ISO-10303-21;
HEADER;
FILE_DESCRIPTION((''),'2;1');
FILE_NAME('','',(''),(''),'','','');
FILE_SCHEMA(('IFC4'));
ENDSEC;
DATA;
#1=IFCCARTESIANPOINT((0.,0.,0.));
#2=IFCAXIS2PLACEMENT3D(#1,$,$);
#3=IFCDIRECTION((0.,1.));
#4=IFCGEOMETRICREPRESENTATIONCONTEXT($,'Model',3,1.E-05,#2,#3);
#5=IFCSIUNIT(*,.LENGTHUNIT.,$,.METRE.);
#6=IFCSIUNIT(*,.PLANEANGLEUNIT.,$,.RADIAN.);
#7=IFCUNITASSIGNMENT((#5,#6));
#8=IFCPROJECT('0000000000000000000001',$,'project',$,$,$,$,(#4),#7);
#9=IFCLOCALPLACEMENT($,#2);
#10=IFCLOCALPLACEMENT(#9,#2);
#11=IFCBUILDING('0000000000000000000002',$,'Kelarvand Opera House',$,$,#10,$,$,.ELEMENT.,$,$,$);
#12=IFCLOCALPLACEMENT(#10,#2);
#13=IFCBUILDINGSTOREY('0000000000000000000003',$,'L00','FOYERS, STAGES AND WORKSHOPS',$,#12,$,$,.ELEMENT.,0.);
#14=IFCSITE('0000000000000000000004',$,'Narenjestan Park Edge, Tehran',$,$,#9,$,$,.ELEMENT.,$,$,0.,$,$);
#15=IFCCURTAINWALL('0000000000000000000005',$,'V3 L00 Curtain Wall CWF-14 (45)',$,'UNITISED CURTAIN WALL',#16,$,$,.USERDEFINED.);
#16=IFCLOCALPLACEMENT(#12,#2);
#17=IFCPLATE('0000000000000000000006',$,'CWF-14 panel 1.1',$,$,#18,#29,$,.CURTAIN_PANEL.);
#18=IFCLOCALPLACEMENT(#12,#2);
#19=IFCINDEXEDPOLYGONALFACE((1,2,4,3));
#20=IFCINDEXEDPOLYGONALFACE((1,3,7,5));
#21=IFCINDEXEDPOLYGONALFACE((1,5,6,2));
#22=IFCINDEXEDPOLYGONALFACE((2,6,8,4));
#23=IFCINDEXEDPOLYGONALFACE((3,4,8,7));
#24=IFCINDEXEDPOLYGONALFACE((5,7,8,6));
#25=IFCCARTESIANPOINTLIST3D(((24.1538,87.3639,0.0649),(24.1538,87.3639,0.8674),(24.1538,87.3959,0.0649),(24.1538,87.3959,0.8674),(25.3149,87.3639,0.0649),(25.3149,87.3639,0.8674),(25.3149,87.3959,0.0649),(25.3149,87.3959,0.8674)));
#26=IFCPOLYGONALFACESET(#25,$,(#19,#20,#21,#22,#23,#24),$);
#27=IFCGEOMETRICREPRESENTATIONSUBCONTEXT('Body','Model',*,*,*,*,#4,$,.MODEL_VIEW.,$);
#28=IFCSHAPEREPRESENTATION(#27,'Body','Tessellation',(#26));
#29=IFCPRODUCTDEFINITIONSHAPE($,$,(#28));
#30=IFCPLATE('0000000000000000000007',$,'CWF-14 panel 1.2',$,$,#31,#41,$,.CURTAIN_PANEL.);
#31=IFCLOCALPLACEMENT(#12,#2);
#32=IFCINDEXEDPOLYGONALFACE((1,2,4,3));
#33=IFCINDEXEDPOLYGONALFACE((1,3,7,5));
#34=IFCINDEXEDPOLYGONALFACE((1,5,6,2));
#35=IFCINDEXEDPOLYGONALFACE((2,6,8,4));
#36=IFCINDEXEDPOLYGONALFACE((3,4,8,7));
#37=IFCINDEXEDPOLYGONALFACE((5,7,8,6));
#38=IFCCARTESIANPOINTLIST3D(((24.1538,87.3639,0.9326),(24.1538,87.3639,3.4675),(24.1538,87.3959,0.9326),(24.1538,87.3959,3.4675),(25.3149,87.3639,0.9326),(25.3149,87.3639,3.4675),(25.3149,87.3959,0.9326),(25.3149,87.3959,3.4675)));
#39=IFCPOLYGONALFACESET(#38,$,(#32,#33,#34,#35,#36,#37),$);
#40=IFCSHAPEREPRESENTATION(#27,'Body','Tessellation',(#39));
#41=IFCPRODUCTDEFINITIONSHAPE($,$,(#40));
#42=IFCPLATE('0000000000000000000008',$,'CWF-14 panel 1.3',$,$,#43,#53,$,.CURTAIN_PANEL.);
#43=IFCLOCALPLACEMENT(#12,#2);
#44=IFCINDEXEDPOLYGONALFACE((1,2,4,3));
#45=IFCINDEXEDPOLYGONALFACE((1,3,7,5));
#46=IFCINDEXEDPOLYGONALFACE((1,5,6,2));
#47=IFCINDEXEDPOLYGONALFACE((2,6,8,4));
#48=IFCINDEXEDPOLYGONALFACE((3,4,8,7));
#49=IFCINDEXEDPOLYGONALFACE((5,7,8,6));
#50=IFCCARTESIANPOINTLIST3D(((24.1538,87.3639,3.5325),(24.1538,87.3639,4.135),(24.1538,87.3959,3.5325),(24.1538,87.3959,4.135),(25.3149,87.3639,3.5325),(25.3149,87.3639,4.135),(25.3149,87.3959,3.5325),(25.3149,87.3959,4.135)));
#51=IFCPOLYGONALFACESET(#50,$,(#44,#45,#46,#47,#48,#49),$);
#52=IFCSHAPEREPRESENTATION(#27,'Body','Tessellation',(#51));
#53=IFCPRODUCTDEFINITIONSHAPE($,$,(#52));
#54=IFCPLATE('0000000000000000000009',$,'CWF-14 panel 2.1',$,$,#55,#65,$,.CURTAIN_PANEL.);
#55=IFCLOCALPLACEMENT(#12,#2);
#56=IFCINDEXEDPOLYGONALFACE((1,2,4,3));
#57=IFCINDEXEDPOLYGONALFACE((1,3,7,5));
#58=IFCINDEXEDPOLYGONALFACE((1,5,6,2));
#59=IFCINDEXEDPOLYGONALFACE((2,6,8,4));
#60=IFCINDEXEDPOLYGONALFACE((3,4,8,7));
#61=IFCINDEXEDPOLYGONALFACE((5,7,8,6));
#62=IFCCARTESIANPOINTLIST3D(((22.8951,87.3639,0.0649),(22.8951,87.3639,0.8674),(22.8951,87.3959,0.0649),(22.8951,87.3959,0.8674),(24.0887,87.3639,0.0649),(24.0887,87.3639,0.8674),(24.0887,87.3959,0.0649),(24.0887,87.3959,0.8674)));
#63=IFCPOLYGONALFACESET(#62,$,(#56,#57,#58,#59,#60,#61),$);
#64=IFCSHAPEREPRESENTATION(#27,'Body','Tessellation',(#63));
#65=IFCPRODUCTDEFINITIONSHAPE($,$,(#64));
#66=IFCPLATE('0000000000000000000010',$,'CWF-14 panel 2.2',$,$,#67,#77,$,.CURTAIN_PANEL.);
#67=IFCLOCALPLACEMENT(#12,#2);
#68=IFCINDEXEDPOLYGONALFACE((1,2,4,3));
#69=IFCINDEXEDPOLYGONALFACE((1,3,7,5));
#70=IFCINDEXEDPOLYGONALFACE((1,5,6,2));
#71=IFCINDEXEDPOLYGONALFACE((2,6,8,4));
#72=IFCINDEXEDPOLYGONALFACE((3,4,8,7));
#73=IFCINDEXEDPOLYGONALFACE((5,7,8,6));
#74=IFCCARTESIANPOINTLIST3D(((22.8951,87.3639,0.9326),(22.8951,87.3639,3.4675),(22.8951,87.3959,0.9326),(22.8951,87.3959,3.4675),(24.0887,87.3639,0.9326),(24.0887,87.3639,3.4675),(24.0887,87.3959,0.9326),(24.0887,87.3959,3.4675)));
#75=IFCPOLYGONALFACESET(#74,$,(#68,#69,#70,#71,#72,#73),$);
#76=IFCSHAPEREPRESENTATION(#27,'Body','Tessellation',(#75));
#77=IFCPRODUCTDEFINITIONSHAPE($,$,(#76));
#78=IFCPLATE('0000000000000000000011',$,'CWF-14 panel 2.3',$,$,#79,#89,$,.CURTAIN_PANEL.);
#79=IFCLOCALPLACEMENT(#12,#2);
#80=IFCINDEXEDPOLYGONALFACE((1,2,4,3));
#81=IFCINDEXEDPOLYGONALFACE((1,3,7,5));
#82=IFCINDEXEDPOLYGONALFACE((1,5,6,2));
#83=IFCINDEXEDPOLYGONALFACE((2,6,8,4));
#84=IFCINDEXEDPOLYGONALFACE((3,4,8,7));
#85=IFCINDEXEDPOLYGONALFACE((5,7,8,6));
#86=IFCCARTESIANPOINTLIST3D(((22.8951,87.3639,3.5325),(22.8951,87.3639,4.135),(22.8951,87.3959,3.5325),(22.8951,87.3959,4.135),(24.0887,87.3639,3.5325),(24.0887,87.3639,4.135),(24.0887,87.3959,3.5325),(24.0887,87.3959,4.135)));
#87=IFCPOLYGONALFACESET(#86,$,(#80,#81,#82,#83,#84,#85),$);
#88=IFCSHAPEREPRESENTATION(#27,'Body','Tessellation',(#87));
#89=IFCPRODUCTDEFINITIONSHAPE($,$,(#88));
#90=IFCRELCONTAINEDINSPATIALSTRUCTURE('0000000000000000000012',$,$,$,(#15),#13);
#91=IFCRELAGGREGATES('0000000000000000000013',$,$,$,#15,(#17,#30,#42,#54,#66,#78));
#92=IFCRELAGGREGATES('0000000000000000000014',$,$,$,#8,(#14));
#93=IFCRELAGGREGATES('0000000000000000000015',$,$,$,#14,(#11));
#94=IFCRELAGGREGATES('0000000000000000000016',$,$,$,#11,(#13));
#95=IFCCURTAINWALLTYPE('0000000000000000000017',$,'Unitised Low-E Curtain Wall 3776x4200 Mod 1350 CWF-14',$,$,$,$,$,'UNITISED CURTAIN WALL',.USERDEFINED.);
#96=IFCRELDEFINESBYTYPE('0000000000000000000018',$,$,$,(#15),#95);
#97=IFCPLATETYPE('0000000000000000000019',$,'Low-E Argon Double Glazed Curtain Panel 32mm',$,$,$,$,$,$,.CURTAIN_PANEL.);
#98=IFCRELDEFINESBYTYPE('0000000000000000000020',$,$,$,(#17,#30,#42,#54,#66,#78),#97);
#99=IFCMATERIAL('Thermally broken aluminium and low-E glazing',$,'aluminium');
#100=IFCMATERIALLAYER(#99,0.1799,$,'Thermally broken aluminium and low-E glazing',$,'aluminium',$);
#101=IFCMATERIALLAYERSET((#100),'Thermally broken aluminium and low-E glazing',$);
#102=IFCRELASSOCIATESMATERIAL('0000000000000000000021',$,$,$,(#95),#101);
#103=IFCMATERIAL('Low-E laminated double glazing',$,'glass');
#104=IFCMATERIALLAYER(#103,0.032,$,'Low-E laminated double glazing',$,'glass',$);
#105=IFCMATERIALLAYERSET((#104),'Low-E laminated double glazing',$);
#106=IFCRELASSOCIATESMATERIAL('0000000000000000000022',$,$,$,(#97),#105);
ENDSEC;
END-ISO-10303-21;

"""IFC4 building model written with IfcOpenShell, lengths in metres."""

from ifc_helpers import new_model, si_unit, direction, frame, origin, origin_2d, place, context, subcontext, project, spatial, rectangle, extrude, material, layer, layer_set, type_object, element, aggregate, save


model = new_model("IFC4")

# Units and contexts
model_context = context("Model", 3, precision=1e-05, world=origin(), true_north=direction((0.0, 1.0)))
body_context = subcontext(model_context, "Body", "Model", "MODEL_VIEW")
ifc_project = project(units=[si_unit("LENGTHUNIT", "METRE"), si_unit("PLANEANGLEUNIT", "RADIAN")], contexts=[model_context])

# Site, building, storey
site_placement = place(None, origin())
site = spatial("IfcSite", under=ifc_project, at=site_placement, Name="Narenjestan Park Edge, Tehran", CompositionType="ELEMENT", RefElevation=0.0)
building_placement = place(site_placement, origin())
building = spatial("IfcBuilding", under=site, at=building_placement, Name="Kelarvand Opera House", CompositionType="ELEMENT")
storey_placement = place(building_placement, origin())
storey = spatial("IfcBuildingStorey", under=building, at=storey_placement, Name="L00", Description="FOYERS, STAGES AND WORKSHOPS", CompositionType="ELEMENT", Elevation=0.0)

# Curtain wall, plates
ifc_material_1 = material(Name="Thermally broken aluminium and low-E glazing", Category="aluminium")
ifc_layer_1 = layer(ifc_material_1, 0.1799, Name="Thermally broken aluminium and low-E glazing", Category="aluminium")
ifc_layer_set_1 = layer_set([ifc_layer_1], Name="Thermally broken aluminium and low-E glazing")
curtain_wall_type = type_object("IfcCurtainWallType", Name="Unitised Low-E Curtain Wall 3776x4200 Mod 1350 CWF-14", ElementType="UNITISED CURTAIN WALL", PredefinedType="USERDEFINED", material=ifc_layer_set_1)
curtain_wall_placement = place(storey_placement, origin())
curtain_wall = element("IfcCurtainWall", 1, at=curtain_wall_placement, inside=storey, type_object=curtain_wall_type, Name="V3 L00 Curtain Wall CWF-14 (45)", ObjectType="UNITISED CURTAIN WALL", PredefinedType="USERDEFINED")
ifc_material_2 = material(Name="Low-E laminated double glazing", Category="glass")
ifc_layer_2 = layer(ifc_material_2, 0.032, Name="Low-E laminated double glazing", Category="glass")
ifc_layer_set_2 = layer_set([ifc_layer_2], Name="Low-E laminated double glazing")
plate_type = type_object("IfcPlateType", Name="Low-E Argon Double Glazed Curtain Panel 32mm", PredefinedType="CURTAIN_PANEL", material=ifc_layer_set_2)
plate_1_placement = place(storey_placement, frame((24.7344, 87.3799, 0.0649), z_axis=(0.0, 0.0, 1.0), x_axis=(-1.0, 0.0, 0.0)))
plate_1 = element("IfcPlate", 2, at=plate_1_placement, type_object=plate_type, Name="CWF-14 panel 1.1", PredefinedType="CURTAIN_PANEL", context=body_context, shape_type="SweptSolid", body=[
    extrude(rectangle(XDim=1.1611, YDim=0.032, at=origin_2d()), origin(), (0.0, 0.0, 1.0), 0.8025),
])
plate_2_placement = place(storey_placement, frame((24.7344, 87.3799, 0.9326), z_axis=(0.0, 0.0, 1.0), x_axis=(-1.0, 0.0, 0.0)))
plate_2 = element("IfcPlate", 3, at=plate_2_placement, type_object=plate_type, Name="CWF-14 panel 1.2", PredefinedType="CURTAIN_PANEL", context=body_context, shape_type="SweptSolid", body=[
    extrude(rectangle(XDim=1.1611, YDim=0.032, at=origin_2d()), origin(), (0.0, 0.0, 1.0), 2.5349),
])
plate_3_placement = place(storey_placement, frame((24.7344, 87.3799, 3.5325), z_axis=(0.0, 0.0, 1.0), x_axis=(-1.0, 0.0, 0.0)))
plate_3 = element("IfcPlate", 4, at=plate_3_placement, type_object=plate_type, Name="CWF-14 panel 1.3", PredefinedType="CURTAIN_PANEL", context=body_context, shape_type="SweptSolid", body=[
    extrude(rectangle(XDim=1.1611, YDim=0.032, at=origin_2d()), origin(), (0.0, 0.0, 1.0), 0.6025),
])
plate_4_placement = place(storey_placement, frame((23.4919, 87.3799, 0.0649), z_axis=(0.0, 0.0, 1.0), x_axis=(-1.0, 0.0, 0.0)))
plate_4 = element("IfcPlate", 5, at=plate_4_placement, type_object=plate_type, Name="CWF-14 panel 2.1", PredefinedType="CURTAIN_PANEL", context=body_context, shape_type="SweptSolid", body=[
    extrude(rectangle(XDim=1.1936, YDim=0.032, at=origin_2d()), origin(), (0.0, 0.0, 1.0), 0.8025),
])
plate_5_placement = place(storey_placement, frame((23.4919, 87.3799, 0.9326), z_axis=(0.0, 0.0, 1.0), x_axis=(-1.0, 0.0, 0.0)))
plate_5 = element("IfcPlate", 6, at=plate_5_placement, type_object=plate_type, Name="CWF-14 panel 2.2", PredefinedType="CURTAIN_PANEL", context=body_context, shape_type="SweptSolid", body=[
    extrude(rectangle(XDim=1.1936, YDim=0.032, at=origin_2d()), origin(), (0.0, 0.0, 1.0), 2.5349),
])
plate_6_placement = place(storey_placement, frame((23.4919, 87.3799, 3.5325), z_axis=(0.0, 0.0, 1.0), x_axis=(-1.0, 0.0, 0.0)))
plate_6 = element("IfcPlate", 7, at=plate_6_placement, type_object=plate_type, Name="CWF-14 panel 2.3", PredefinedType="CURTAIN_PANEL", context=body_context, shape_type="SweptSolid", body=[
    extrude(rectangle(XDim=1.1936, YDim=0.032, at=origin_2d()), origin(), (0.0, 0.0, 1.0), 0.6025),
])
aggregate(curtain_wall, [plate_1, plate_2, plate_3, plate_4, plate_5, plate_6])

save(model, "model.ifc")
